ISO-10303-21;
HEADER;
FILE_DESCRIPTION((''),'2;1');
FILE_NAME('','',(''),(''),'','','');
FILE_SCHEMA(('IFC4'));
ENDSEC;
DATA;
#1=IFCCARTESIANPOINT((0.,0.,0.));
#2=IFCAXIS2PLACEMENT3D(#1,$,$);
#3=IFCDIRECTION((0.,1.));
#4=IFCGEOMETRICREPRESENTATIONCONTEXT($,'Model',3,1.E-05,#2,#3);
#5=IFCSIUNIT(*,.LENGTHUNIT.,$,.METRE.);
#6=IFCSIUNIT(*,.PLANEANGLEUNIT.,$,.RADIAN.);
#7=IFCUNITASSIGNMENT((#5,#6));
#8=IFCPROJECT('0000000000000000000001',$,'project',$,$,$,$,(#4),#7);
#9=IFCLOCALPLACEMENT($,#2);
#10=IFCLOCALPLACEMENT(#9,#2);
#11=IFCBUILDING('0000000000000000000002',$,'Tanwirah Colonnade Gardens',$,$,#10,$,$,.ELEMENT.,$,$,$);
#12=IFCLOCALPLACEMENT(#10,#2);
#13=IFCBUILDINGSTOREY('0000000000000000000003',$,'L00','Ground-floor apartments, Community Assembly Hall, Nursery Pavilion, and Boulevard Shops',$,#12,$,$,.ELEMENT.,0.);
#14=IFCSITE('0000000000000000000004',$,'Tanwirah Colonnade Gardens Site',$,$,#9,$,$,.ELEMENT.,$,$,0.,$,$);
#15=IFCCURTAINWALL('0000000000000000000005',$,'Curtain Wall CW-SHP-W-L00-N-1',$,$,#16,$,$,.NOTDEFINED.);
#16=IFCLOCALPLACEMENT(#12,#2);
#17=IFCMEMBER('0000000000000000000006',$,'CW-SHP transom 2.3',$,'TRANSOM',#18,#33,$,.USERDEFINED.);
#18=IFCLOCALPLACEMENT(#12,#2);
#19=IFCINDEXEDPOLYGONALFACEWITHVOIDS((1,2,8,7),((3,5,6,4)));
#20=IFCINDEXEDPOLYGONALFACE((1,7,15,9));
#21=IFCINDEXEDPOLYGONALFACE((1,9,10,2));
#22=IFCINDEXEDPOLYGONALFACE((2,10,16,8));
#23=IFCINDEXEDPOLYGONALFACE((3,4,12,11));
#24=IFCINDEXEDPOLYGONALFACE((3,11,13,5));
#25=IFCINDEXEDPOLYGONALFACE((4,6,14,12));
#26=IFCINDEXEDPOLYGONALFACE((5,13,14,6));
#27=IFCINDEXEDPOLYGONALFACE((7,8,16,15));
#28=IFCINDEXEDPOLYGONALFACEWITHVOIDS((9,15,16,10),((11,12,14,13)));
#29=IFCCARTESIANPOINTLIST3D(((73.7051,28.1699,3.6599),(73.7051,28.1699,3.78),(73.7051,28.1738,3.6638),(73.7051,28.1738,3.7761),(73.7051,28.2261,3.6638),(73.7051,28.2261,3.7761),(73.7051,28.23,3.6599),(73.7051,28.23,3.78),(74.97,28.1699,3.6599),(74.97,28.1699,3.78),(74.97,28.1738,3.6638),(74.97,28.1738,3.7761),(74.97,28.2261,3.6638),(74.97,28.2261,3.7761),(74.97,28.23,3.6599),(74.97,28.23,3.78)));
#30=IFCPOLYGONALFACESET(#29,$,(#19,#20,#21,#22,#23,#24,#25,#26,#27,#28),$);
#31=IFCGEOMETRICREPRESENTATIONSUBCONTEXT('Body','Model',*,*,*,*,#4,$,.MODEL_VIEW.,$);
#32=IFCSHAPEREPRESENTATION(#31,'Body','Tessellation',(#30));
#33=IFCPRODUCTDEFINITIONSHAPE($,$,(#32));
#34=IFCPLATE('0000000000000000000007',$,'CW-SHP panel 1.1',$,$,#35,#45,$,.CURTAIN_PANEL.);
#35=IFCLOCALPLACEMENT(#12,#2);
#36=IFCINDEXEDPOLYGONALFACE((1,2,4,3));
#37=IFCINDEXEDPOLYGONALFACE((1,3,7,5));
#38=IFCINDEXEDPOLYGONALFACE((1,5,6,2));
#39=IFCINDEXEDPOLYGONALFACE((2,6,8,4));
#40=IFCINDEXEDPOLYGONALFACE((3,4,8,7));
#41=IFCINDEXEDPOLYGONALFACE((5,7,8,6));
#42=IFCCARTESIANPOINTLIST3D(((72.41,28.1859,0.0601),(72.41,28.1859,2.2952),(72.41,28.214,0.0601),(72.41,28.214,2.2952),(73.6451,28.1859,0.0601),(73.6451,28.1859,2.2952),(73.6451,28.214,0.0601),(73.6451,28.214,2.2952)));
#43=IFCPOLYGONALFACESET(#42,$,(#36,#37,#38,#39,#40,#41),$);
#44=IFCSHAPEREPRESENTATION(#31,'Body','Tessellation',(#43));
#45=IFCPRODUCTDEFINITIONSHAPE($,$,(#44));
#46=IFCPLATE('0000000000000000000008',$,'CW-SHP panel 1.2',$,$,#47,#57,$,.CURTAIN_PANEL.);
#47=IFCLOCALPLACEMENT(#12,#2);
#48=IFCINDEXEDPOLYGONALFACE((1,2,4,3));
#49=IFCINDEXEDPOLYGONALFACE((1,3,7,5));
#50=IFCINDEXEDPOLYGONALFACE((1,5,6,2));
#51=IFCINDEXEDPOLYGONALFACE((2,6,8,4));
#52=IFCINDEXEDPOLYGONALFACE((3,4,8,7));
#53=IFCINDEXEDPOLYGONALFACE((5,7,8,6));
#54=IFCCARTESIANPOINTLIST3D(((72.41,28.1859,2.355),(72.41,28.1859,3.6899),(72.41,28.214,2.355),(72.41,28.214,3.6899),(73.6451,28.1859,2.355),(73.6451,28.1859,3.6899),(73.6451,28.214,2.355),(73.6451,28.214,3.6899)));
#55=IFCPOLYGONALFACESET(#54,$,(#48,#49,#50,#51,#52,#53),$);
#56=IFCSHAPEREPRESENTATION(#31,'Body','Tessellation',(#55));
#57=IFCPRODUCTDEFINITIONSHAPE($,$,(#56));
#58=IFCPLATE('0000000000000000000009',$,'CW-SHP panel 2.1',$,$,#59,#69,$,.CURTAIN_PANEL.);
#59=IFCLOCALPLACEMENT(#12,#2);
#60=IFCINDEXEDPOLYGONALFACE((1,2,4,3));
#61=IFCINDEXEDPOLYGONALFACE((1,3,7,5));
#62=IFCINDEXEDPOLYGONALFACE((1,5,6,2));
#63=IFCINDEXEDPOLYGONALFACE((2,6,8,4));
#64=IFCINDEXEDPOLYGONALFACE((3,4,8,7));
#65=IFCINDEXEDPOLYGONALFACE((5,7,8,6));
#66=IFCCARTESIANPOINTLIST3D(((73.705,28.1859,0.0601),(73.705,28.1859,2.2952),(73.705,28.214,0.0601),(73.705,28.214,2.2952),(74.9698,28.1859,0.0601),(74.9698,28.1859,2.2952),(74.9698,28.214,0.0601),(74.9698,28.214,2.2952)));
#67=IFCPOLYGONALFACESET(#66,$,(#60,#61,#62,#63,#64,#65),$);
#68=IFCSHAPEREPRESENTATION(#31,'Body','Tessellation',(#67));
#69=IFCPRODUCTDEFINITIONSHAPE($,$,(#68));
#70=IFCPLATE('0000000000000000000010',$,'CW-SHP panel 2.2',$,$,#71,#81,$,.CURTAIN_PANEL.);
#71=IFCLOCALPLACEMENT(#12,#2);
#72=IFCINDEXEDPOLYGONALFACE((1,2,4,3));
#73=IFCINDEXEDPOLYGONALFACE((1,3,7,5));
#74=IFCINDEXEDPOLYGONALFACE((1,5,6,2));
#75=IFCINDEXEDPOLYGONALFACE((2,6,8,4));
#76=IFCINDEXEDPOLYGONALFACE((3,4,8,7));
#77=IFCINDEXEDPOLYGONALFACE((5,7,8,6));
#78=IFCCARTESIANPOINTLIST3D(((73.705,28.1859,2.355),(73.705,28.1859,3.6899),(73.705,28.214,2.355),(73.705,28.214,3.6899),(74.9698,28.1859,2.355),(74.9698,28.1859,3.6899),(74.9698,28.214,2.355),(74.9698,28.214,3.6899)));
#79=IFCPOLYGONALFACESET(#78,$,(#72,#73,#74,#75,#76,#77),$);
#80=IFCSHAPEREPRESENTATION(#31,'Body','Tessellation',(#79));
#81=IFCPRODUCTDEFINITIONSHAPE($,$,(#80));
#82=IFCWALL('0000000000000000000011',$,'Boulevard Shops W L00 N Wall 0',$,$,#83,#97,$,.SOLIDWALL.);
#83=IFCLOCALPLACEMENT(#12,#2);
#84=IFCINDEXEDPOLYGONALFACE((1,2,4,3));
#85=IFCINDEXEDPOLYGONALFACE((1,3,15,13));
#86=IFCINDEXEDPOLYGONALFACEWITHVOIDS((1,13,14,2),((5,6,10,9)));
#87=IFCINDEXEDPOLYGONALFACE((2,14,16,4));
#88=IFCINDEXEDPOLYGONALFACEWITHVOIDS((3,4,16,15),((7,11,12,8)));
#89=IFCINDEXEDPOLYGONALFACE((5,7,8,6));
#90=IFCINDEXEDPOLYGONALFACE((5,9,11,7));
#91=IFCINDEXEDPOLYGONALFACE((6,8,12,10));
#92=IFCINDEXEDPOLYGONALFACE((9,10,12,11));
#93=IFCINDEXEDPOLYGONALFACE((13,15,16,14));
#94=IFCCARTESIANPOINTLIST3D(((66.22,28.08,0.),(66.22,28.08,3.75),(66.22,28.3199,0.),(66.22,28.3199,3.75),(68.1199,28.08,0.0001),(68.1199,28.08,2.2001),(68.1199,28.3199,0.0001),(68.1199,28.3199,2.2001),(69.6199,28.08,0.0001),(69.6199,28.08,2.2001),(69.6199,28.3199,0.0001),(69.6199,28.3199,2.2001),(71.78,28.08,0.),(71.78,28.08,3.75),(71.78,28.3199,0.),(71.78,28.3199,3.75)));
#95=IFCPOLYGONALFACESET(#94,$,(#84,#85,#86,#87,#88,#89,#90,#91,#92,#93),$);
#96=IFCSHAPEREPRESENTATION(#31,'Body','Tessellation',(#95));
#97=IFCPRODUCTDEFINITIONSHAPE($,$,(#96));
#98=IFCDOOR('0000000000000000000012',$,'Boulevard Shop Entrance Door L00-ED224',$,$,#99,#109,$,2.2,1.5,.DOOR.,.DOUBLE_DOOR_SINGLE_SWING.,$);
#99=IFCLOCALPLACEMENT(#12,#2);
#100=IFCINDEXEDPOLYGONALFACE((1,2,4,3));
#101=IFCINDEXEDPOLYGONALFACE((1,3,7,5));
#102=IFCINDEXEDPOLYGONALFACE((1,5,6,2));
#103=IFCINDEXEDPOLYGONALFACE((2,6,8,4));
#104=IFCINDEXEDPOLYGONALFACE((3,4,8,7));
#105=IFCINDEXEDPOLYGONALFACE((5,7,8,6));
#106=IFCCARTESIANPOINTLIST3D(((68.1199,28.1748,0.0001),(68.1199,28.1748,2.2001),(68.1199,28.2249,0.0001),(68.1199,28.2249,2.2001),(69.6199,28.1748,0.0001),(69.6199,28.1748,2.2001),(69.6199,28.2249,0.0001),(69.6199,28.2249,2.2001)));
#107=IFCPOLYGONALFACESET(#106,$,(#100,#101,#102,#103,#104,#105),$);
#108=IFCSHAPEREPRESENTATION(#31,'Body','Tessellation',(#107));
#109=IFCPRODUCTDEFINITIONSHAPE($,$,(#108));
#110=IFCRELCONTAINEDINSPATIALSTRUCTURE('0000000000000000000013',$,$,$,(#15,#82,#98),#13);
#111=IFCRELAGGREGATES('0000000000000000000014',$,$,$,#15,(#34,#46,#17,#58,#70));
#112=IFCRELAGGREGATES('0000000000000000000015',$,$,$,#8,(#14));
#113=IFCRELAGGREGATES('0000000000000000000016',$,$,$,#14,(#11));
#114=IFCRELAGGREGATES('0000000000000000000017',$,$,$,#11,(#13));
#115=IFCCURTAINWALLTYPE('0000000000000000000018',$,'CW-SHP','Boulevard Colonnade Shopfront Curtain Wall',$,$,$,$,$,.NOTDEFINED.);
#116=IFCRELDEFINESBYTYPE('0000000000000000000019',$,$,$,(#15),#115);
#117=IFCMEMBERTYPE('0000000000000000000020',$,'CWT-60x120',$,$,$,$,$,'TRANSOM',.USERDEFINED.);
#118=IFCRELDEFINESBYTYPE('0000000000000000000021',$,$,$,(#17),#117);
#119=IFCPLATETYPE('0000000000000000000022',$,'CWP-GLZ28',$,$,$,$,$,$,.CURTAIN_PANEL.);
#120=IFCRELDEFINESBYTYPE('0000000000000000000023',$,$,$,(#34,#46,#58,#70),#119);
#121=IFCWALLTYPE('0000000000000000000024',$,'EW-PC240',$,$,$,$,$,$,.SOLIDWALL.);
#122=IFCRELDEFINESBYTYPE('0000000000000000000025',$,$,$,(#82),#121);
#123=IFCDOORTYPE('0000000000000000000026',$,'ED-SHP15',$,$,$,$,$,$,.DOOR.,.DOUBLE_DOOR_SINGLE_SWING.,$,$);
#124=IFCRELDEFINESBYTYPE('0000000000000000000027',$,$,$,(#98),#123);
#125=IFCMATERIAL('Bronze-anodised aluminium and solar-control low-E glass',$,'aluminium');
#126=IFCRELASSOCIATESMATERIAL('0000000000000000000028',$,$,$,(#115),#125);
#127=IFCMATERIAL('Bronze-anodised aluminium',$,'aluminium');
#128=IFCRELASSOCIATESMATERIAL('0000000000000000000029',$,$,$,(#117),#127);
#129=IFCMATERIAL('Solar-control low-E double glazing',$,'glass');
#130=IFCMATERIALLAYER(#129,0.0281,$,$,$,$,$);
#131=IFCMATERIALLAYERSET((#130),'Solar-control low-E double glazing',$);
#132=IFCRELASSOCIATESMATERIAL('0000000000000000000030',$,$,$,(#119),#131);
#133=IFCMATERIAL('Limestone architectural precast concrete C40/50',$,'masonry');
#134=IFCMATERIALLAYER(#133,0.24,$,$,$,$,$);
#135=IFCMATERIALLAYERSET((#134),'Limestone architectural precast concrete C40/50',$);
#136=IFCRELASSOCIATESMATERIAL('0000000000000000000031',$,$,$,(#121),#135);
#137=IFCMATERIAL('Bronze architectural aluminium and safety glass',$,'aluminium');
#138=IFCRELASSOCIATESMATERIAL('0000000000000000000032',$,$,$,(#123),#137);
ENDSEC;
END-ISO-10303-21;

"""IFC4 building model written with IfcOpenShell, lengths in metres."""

from ifc_helpers import new_model, si_unit, direction, frame, frame_2d, origin, origin_2d, place, context, subcontext, project, spatial, rectangle, hollow_rectangle, extrude, material, layer, layer_set, material_profile, profile_set, type_object, element, fill, aggregate, save


model = new_model("IFC4")

# Units and contexts
model_context = context("Model", 3, precision=1e-05, world=origin(), true_north=direction((0.0, 1.0)))
body_context = subcontext(model_context, "Body", "Model", "MODEL_VIEW")
ifc_project = project(units=[si_unit("LENGTHUNIT", "METRE"), si_unit("PLANEANGLEUNIT", "RADIAN")], contexts=[model_context])

# Site, building, storey
site_placement = place(None, origin())
site = spatial("IfcSite", under=ifc_project, at=site_placement, Name="Tanwirah Colonnade Gardens Site", CompositionType="ELEMENT", RefElevation=0.0)
building_placement = place(site_placement, origin())
building = spatial("IfcBuilding", under=site, at=building_placement, Name="Tanwirah Colonnade Gardens", CompositionType="ELEMENT")
storey_placement = place(building_placement, origin())
storey = spatial("IfcBuildingStorey", under=building, at=storey_placement, Name="L00", Description="Ground-floor apartments, Community Assembly Hall, Nursery Pavilion, and Boulevard Shops", CompositionType="ELEMENT", Elevation=0.0)

# Curtain wall
ifc_material_1 = material(Name="Bronze-anodised aluminium and solar-control low-E glass", Category="aluminium")
curtain_wall_type = type_object("IfcCurtainWallType", Name="CW-SHP", Description="Boulevard Colonnade Shopfront Curtain Wall", PredefinedType="NOTDEFINED", material=ifc_material_1)
curtain_wall_1_placement = place(storey_placement, origin())
curtain_wall_1 = element("IfcCurtainWall", 1, at=curtain_wall_1_placement, inside=storey, type_object=curtain_wall_type, Name="Curtain Wall CW-SHP-W-L00-N-1", PredefinedType="NOTDEFINED")
ifc_material_2 = material(Name="Bronze-anodised aluminium", Category="aluminium")

# Member
ifc_material_profile_1 = material_profile(ifc_material_2, hollow_rectangle(XDim=0.0601, YDim=0.1201, WallThickness=0.0039, at=origin_2d()), Name="CW-TRN 60x120x4")
ifc_profile_set_1 = profile_set([ifc_material_profile_1], Name="Bronze-anodised aluminium")
member_type_1 = type_object("IfcMemberType", Name="CWT-60x120", ElementType="TRANSOM", PredefinedType="USERDEFINED", material=ifc_profile_set_1)
member_1_placement = place(storey_placement, frame((73.7051, 28.2, 3.72), z_axis=(1.0, 0.0, 0.0), x_axis=(0.0, 1.0, 0.0)))
member_1 = element("IfcMember", 2, at=member_1_placement, type_object=member_type_1, Name="CW-SHP transom 2.3", ObjectType="TRANSOM", PredefinedType="USERDEFINED", context=body_context, shape_type="SweptSolid", body=[
    extrude(hollow_rectangle(XDim=0.0601, YDim=0.1201, WallThickness=0.0039, at=origin_2d()), origin(), (0.0, 0.0, 1.0), 1.2649),
])

# Plates
ifc_material_3 = material(Name="Solar-control low-E double glazing", Category="glass")
ifc_layer_1 = layer(ifc_material_3, 0.0281)
ifc_layer_set_1 = layer_set([ifc_layer_1], Name="Solar-control low-E double glazing")
plate_type = type_object("IfcPlateType", Name="CWP-GLZ28", PredefinedType="CURTAIN_PANEL", material=ifc_layer_set_1)
plate_1_placement = place(storey_placement, frame((73.0276, 28.2, 0.0601), z_axis=(0.0, 0.0, 1.0), x_axis=(1.0, 0.0, 0.0)))
plate_1 = element("IfcPlate", 3, at=plate_1_placement, type_object=plate_type, Name="CW-SHP panel 1.1", PredefinedType="CURTAIN_PANEL", context=body_context, shape_type="SweptSolid", body=[
    extrude(rectangle(XDim=1.2351, YDim=0.0281, at=origin_2d()), origin(), (0.0, 0.0, 1.0), 2.2351),
])
plate_2_placement = place(storey_placement, frame((73.0276, 28.2, 2.355), z_axis=(0.0, 0.0, 1.0), x_axis=(1.0, 0.0, 0.0)))
plate_2 = element("IfcPlate", 4, at=plate_2_placement, type_object=plate_type, Name="CW-SHP panel 1.2", PredefinedType="CURTAIN_PANEL", context=body_context, shape_type="SweptSolid", body=[
    extrude(rectangle(XDim=1.2351, YDim=0.0281, at=origin_2d()), origin(), (0.0, 0.0, 1.0), 1.335),
])
plate_3_placement = place(storey_placement, frame((74.3374, 28.2, 0.0601), z_axis=(0.0, 0.0, 1.0), x_axis=(1.0, 0.0, 0.0)))
plate_3 = element("IfcPlate", 5, at=plate_3_placement, type_object=plate_type, Name="CW-SHP panel 2.1", PredefinedType="CURTAIN_PANEL", context=body_context, shape_type="SweptSolid", body=[
    extrude(rectangle(XDim=1.2649, YDim=0.0281, at=origin_2d()), origin(), (0.0, 0.0, 1.0), 2.2351),
])
plate_4_placement = place(storey_placement, frame((74.3374, 28.2, 2.355), z_axis=(0.0, 0.0, 1.0), x_axis=(1.0, 0.0, 0.0)))
plate_4 = element("IfcPlate", 6, at=plate_4_placement, type_object=plate_type, Name="CW-SHP panel 2.2", PredefinedType="CURTAIN_PANEL", context=body_context, shape_type="SweptSolid", body=[
    extrude(rectangle(XDim=1.2649, YDim=0.0281, at=origin_2d()), origin(), (0.0, 0.0, 1.0), 1.335),
])
aggregate(curtain_wall_1, [plate_1, plate_2, member_1, plate_3, plate_4])

# Wall, opening, door
ifc_material_4 = material(Name="Limestone architectural precast concrete C40/50", Category="masonry")
ifc_layer_2 = layer(ifc_material_4, 0.24)
ifc_layer_set_2 = layer_set([ifc_layer_2], Name="Limestone architectural precast concrete C40/50")
wall_type = type_object("IfcWallType", Name="EW-PC240", PredefinedType="SOLIDWALL", material=ifc_layer_set_2)
wall_placement = place(storey_placement, frame((66.22, 28.2, 0.0), z_axis=(0.0, 0.0, 1.0), x_axis=(1.0, 0.0, 0.0)))
wall = element("IfcWall", 7, at=wall_placement, inside=storey, type_object=wall_type, Name="Boulevard Shops W L00 N Wall 0", PredefinedType="SOLIDWALL", context=body_context, shape_type="SweptSolid", body=[
    extrude(rectangle(XDim=5.5601, YDim=0.24, at=frame_2d((2.78, 0.0))), origin(), (0.0, 0.0, 1.0), 3.75),
])
opening_placement = place(wall_placement, frame((1.8999, 0.0, 0.0)))
opening = element("IfcOpeningElement", 8, at=opening_placement, cuts=wall, PredefinedType="OPENING", context=body_context, shape_type="SweptSolid", body=[
    extrude(rectangle(XDim=1.5, YDim=2.2, at=frame_2d((0.75, 1.1001))), frame((0.0, 0.1299, 0.0), z_axis=(0.0, -1.0, 0.0), x_axis=(1.0, 0.0, 0.0)), (0.0, 0.0, 1.0), 0.26),
])
ifc_material_5 = material(Name="Bronze architectural aluminium and safety glass", Category="aluminium")
door_type = type_object("IfcDoorType", Name="ED-SHP15", OperationType="DOUBLE_DOOR_SINGLE_SWING", PredefinedType="DOOR", material=ifc_material_5)
door_placement = place(opening_placement, origin())
door = element("IfcDoor", 9, at=door_placement, inside=storey, type_object=door_type, Name="Boulevard Shop Entrance Door L00-ED224", OperationType="DOUBLE_DOOR_SINGLE_SWING", OverallHeight=2.2, OverallWidth=1.5, PredefinedType="DOOR", context=body_context, shape_type="SweptSolid", body=[
    extrude(rectangle(XDim=1.5, YDim=2.2, at=frame_2d((0.75, 1.1001))), frame((0.0, 0.0249, 0.0), z_axis=(0.0, -1.0, 0.0), x_axis=(1.0, 0.0, 0.0)), (0.0, 0.0, 1.0), 0.05),
])
fill(opening, door)

save(model, "model.ifc")
